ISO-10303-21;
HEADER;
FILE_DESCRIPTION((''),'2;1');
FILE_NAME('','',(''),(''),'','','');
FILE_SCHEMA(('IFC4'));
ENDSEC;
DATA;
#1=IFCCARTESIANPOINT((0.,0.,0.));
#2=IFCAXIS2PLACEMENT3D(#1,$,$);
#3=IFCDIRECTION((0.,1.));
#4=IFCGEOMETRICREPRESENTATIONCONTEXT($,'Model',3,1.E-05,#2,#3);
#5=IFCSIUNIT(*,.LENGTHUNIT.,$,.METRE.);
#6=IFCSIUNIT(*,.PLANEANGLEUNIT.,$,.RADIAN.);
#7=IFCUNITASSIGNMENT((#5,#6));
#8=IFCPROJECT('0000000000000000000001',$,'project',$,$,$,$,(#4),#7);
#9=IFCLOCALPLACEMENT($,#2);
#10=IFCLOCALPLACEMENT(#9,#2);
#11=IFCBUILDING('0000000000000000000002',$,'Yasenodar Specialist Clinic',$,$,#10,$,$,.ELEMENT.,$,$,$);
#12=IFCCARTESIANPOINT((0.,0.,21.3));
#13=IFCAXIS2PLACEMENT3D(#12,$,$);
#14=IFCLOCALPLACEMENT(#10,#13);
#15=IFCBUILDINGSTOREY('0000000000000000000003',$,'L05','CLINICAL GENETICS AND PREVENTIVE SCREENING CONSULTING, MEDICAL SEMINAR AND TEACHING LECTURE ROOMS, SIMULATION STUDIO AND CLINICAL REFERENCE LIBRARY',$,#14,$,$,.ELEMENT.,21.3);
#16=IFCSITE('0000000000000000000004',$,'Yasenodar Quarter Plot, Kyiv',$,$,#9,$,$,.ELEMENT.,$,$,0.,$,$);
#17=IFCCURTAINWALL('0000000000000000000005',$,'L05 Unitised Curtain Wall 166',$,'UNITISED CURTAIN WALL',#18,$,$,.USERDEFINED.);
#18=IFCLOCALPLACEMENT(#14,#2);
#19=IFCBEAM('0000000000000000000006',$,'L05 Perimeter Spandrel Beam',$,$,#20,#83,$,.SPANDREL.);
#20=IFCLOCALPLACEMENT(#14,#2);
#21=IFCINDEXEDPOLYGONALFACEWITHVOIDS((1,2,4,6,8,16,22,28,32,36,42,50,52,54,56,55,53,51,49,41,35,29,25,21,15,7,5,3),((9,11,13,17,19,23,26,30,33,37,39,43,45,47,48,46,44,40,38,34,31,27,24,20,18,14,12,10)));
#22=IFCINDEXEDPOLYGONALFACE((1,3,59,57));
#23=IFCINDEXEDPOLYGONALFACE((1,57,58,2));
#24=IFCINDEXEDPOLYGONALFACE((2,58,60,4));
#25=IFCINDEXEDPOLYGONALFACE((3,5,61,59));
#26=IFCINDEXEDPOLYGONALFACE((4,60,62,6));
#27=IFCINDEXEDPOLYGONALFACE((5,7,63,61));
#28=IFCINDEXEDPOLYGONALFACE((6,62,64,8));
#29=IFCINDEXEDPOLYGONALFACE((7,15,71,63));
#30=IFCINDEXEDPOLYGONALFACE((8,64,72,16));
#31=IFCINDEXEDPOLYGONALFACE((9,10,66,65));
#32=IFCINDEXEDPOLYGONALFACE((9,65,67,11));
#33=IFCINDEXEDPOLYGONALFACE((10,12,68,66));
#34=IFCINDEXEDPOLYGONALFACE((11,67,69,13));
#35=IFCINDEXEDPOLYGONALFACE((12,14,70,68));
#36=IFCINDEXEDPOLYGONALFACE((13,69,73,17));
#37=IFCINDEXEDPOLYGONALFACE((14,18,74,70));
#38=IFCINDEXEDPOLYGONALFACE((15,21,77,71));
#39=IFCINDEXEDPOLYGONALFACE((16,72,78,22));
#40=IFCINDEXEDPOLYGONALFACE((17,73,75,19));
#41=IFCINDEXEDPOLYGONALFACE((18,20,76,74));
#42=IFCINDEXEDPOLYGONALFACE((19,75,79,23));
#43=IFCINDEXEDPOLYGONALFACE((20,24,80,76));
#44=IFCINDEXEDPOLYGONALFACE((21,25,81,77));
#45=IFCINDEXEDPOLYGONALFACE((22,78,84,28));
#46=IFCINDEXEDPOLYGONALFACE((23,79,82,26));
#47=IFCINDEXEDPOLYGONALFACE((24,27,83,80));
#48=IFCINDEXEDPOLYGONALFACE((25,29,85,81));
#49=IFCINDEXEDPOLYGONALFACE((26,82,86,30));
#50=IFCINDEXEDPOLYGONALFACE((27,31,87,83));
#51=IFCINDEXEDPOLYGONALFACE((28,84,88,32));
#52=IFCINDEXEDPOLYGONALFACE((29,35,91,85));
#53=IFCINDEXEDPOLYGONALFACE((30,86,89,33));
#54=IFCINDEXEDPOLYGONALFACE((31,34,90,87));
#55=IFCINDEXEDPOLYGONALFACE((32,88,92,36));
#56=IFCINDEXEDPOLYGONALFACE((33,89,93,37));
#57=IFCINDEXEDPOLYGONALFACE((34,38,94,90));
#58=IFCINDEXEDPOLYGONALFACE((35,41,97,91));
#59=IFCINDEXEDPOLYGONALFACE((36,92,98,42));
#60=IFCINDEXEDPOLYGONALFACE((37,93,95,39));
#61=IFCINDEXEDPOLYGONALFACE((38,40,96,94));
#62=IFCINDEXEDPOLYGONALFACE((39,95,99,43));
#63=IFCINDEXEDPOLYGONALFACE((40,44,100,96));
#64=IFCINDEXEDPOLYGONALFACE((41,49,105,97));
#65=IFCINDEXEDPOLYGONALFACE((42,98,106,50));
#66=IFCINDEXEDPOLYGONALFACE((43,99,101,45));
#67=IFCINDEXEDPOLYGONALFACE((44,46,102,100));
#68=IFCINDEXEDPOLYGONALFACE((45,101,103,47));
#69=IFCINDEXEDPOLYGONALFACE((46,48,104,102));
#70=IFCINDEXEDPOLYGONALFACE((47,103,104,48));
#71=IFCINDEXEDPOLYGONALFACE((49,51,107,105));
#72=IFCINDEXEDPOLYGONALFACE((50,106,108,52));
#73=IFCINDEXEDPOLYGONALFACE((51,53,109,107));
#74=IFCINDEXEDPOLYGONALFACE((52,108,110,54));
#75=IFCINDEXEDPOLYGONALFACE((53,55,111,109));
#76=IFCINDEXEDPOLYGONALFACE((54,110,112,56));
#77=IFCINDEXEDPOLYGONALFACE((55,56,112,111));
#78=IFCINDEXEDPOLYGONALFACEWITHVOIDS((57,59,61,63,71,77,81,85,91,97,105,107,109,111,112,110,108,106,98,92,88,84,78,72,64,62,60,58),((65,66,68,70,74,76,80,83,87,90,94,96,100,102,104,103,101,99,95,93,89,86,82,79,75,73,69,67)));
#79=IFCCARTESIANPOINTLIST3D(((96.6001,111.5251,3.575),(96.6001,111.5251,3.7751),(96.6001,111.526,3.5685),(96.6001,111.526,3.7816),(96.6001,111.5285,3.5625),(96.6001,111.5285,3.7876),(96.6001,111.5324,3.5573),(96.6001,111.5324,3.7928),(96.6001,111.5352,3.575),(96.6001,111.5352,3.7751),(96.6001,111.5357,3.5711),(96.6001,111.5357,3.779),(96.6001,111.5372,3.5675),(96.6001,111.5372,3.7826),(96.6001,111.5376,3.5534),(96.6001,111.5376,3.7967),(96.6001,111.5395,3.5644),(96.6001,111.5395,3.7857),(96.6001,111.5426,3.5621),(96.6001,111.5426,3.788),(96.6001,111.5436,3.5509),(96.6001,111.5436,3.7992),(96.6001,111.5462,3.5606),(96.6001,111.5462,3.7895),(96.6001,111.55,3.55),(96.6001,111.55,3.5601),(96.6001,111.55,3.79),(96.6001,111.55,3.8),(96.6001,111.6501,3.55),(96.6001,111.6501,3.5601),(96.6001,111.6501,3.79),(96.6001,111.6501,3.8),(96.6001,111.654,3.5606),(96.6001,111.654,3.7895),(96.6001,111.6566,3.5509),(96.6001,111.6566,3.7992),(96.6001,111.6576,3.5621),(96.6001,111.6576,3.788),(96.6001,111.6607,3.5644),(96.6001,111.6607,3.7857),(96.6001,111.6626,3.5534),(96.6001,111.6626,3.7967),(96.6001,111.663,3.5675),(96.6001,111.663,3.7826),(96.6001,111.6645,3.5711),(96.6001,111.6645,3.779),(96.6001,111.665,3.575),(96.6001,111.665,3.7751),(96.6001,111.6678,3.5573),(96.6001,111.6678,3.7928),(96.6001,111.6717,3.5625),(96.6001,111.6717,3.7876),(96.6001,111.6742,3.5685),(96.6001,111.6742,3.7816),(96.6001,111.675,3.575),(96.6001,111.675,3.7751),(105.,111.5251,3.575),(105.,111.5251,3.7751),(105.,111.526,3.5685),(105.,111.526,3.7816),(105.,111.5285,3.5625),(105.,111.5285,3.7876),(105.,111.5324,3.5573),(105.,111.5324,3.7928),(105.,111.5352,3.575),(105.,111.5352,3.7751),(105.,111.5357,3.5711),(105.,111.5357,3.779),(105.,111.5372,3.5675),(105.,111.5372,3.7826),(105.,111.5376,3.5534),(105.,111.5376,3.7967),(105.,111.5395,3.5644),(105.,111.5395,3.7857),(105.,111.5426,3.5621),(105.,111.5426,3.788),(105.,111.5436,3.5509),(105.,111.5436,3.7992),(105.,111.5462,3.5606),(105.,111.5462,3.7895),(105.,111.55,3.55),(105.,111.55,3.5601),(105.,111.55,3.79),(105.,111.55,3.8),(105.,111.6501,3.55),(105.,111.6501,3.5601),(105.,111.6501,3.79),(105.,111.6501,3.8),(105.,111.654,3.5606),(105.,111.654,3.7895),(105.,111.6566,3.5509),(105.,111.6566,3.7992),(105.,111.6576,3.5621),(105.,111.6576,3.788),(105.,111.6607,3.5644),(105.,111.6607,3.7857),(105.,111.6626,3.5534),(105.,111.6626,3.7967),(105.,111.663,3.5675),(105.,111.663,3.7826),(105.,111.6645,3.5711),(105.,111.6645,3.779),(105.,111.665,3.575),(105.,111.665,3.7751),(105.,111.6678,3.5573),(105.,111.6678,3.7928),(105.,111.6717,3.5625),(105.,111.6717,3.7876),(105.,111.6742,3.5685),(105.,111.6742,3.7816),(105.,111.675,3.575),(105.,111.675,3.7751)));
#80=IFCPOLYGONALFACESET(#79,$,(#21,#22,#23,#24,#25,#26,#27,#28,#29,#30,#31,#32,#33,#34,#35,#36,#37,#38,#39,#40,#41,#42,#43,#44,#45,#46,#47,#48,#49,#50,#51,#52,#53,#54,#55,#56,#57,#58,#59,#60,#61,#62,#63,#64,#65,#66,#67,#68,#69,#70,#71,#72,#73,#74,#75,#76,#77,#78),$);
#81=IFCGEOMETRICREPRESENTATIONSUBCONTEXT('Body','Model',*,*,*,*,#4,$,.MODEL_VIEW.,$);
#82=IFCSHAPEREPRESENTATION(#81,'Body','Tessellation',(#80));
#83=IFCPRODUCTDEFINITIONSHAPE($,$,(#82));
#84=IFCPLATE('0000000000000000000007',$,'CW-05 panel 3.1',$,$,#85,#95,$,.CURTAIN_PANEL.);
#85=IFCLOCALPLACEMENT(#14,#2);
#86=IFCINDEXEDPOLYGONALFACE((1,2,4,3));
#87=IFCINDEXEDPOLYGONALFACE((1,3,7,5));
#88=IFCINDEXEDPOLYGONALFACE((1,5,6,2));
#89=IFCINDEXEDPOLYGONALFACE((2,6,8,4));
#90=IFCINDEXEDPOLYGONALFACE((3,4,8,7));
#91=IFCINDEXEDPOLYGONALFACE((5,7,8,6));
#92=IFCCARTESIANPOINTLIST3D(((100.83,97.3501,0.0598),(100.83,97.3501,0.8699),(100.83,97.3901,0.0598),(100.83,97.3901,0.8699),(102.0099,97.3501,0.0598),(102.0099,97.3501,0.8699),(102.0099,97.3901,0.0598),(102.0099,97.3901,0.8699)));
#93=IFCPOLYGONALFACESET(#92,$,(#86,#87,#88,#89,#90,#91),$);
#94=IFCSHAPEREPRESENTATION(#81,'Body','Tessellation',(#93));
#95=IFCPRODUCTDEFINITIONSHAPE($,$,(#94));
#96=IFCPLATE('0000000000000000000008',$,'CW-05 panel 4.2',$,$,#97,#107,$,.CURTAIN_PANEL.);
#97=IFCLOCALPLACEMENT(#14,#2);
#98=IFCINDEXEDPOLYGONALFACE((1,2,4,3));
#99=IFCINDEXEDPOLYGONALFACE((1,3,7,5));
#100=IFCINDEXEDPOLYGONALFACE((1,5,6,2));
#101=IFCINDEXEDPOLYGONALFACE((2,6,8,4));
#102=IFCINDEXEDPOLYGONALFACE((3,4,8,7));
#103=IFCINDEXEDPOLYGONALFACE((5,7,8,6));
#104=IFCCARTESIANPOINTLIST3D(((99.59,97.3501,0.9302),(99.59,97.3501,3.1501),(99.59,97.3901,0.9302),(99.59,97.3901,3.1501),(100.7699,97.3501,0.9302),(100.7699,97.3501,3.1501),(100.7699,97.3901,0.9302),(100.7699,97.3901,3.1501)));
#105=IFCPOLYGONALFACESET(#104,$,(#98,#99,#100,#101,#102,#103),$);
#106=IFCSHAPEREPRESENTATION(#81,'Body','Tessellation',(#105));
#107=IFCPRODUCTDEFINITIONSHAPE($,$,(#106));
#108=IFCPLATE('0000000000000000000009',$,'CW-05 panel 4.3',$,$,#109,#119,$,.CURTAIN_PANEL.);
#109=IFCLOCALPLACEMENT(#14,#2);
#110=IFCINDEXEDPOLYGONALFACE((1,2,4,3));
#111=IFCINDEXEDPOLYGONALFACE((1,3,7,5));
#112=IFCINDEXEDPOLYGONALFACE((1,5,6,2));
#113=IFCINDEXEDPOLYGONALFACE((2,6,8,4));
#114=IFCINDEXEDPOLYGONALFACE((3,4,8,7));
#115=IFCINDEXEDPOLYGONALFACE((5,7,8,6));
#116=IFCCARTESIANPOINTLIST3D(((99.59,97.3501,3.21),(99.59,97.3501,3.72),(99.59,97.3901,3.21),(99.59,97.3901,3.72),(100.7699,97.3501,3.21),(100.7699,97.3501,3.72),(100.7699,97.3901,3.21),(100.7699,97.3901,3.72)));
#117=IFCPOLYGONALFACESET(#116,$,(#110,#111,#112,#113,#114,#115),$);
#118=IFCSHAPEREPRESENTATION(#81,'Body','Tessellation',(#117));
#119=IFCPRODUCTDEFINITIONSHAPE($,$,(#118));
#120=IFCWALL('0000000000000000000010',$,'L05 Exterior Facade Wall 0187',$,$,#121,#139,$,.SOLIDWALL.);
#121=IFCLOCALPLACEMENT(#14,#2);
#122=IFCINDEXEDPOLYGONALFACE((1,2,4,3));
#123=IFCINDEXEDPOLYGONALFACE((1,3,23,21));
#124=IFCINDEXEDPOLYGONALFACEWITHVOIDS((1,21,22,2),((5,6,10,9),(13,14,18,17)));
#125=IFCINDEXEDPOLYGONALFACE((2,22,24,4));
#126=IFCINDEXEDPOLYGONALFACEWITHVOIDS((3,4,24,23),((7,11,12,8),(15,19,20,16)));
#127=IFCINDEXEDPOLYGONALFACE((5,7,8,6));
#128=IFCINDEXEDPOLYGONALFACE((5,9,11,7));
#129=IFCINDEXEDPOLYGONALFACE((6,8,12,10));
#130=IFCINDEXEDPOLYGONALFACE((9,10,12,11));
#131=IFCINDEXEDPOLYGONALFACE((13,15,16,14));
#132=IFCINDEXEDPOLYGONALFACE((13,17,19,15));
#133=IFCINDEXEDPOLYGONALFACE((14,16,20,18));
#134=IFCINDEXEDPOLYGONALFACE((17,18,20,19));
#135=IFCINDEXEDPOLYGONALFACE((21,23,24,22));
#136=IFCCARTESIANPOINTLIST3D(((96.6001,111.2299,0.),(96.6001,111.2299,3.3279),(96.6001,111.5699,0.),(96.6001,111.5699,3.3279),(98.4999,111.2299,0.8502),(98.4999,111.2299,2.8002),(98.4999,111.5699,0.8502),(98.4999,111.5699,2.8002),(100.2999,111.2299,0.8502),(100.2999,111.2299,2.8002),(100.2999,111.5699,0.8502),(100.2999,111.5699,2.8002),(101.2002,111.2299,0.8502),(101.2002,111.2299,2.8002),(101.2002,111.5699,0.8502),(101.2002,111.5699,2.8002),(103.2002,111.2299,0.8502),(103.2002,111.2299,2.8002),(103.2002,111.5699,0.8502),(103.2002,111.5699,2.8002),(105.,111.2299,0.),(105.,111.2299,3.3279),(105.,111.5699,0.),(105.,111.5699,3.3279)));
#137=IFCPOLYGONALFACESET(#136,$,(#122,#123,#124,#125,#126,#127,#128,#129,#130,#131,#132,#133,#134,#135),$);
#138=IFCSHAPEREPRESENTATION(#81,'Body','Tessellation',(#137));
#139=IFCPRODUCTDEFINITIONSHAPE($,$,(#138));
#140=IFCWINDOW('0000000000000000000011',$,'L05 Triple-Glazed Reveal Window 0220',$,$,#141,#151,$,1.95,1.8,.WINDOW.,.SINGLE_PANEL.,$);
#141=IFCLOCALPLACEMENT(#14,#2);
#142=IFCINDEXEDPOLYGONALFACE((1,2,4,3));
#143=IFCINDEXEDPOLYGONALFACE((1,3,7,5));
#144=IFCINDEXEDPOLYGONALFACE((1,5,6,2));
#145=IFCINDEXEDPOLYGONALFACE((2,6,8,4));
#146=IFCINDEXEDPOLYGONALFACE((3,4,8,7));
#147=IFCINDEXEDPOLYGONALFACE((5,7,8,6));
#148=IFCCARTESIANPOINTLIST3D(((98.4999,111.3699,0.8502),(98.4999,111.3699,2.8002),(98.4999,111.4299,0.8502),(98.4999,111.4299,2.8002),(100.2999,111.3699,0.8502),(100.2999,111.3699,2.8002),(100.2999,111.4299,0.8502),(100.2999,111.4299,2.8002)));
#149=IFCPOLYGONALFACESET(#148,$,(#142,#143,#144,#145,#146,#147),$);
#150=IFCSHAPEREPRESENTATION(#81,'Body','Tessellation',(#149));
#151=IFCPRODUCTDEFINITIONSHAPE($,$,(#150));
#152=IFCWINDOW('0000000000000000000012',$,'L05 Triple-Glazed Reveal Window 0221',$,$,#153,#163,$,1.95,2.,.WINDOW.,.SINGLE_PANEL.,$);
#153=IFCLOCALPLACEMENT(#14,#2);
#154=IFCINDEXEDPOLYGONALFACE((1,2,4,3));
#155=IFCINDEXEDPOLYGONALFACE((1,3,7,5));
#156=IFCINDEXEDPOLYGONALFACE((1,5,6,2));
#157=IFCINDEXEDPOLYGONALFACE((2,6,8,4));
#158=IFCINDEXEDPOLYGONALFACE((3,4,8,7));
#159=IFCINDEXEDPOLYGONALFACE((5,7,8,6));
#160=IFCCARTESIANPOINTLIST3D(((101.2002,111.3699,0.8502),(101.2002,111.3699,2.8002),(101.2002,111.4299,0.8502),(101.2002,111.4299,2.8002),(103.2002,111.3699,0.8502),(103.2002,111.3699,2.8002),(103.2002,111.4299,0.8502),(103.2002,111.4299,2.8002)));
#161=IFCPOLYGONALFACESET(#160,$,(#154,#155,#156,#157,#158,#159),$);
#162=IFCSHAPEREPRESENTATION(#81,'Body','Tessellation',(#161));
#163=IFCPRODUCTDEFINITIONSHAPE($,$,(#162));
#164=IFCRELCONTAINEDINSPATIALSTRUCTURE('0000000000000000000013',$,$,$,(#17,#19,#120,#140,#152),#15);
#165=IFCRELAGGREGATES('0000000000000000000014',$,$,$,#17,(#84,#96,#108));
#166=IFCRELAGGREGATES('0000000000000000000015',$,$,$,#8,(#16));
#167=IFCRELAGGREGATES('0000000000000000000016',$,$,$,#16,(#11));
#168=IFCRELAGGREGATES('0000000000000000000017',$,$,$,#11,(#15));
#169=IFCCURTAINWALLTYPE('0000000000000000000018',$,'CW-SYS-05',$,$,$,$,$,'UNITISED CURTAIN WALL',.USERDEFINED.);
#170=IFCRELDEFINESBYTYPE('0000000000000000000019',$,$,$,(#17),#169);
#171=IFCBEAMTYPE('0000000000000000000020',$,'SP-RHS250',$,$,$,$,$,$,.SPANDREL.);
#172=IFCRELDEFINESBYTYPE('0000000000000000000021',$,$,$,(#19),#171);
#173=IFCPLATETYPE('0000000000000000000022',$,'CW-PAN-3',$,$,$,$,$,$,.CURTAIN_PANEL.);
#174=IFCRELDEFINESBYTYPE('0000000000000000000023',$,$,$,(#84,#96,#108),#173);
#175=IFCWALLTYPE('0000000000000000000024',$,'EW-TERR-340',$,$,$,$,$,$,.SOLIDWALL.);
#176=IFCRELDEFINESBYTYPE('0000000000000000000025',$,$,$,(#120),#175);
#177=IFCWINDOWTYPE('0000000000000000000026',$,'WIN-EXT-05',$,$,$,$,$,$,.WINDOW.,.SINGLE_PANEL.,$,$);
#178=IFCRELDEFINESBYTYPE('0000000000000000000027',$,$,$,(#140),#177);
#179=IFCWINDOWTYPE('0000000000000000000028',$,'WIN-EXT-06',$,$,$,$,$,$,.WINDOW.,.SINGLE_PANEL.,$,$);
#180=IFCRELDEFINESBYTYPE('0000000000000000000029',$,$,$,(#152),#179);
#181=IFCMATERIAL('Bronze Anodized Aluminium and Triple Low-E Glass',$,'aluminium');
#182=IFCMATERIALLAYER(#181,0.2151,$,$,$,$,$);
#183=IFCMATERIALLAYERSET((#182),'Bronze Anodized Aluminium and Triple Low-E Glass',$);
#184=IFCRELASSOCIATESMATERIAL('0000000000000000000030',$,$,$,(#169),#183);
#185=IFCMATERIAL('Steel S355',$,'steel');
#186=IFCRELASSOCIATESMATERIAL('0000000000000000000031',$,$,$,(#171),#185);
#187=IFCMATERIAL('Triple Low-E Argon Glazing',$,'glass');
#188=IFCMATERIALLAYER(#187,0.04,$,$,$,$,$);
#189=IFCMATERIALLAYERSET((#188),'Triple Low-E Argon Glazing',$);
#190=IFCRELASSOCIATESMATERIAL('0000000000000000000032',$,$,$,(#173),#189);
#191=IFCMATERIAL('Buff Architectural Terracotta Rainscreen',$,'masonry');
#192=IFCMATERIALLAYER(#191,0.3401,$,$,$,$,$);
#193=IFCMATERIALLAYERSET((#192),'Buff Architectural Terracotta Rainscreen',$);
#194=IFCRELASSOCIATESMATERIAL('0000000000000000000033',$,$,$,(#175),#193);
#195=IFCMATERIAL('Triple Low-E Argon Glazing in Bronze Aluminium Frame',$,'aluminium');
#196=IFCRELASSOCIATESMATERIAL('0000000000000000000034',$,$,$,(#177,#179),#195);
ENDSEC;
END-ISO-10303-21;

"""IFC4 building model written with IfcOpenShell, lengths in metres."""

from ifc_helpers import new_model, si_unit, direction, frame, frame_2d, origin, origin_2d, place, context, subcontext, project, spatial, rectangle, hollow_rectangle, extrude, material, layer, layer_set, material_profile, profile_set, type_object, element, fill, aggregate, save


model = new_model("IFC4")

# Units and contexts
model_context = context("Model", 3, precision=1e-05, world=origin(), true_north=direction((0.0, 1.0)))
body_context = subcontext(model_context, "Body", "Model", "MODEL_VIEW")
ifc_project = project(units=[si_unit("LENGTHUNIT", "METRE"), si_unit("PLANEANGLEUNIT", "RADIAN")], contexts=[model_context])

# Site, building, storey
site_placement = place(None, origin())
site = spatial("IfcSite", under=ifc_project, at=site_placement, Name="Yasenodar Quarter Plot, Kyiv", CompositionType="ELEMENT", RefElevation=0.0)
building_placement = place(site_placement, origin())
building = spatial("IfcBuilding", under=site, at=building_placement, Name="Yasenodar Specialist Clinic", CompositionType="ELEMENT")
storey_placement = place(building_placement, frame((0.0, 0.0, 21.3)))
storey = spatial("IfcBuildingStorey", under=building, at=storey_placement, Name="L05", Description="CLINICAL GENETICS AND PREVENTIVE SCREENING CONSULTING, MEDICAL SEMINAR AND TEACHING LECTURE ROOMS, SIMULATION STUDIO AND CLINICAL REFERENCE LIBRARY", CompositionType="ELEMENT", Elevation=21.3)

# Shared definitions
ifc_material_1 = material(Name="Steel S355", Category="steel")

# Curtain wall
ifc_material_2 = material(Name="Bronze Anodized Aluminium and Triple Low-E Glass", Category="aluminium")
ifc_layer_1 = layer(ifc_material_2, 0.2151)
ifc_layer_set_1 = layer_set([ifc_layer_1], Name="Bronze Anodized Aluminium and Triple Low-E Glass")
curtain_wall_type = type_object("IfcCurtainWallType", Name="CW-SYS-05", ElementType="UNITISED CURTAIN WALL", PredefinedType="USERDEFINED", material=ifc_layer_set_1)
curtain_wall_placement = place(storey_placement, origin())
curtain_wall = element("IfcCurtainWall", 1, at=curtain_wall_placement, inside=storey, type_object=curtain_wall_type, Name="L05 Unitised Curtain Wall 166", ObjectType="UNITISED CURTAIN WALL", PredefinedType="USERDEFINED")

# Beam
ifc_material_profile_1 = material_profile(ifc_material_1, hollow_rectangle(XDim=0.1499, YDim=0.25, WallThickness=0.01, InnerFilletRadius=0.0149, OuterFilletRadius=0.0249, at=origin_2d()), Name="RHS 250x150x10")
ifc_profile_set_1 = profile_set([ifc_material_profile_1], Name="Steel S355")
beam_type_1 = type_object("IfcBeamType", Name="SP-RHS250", PredefinedType="SPANDREL", material=ifc_profile_set_1)
beam_1_placement = place(storey_placement, frame((96.6001, 111.6001, 3.675), z_axis=(1.0, 0.0, 0.0), x_axis=(0.0, 1.0, 0.0)))
element("IfcBeam", 2, at=beam_1_placement, inside=storey, type_object=beam_type_1, Name="L05 Perimeter Spandrel Beam", PredefinedType="SPANDREL", context=body_context, shape_type="SweptSolid", body=[
    extrude(hollow_rectangle(XDim=0.1499, YDim=0.25, WallThickness=0.01, InnerFilletRadius=0.0149, OuterFilletRadius=0.0249, at=origin_2d()), origin(), (0.0, 0.0, 1.0), 8.3999),
])

# Plates
ifc_material_3 = material(Name="Triple Low-E Argon Glazing", Category="glass")
ifc_layer_2 = layer(ifc_material_3, 0.04)
ifc_layer_set_2 = layer_set([ifc_layer_2], Name="Triple Low-E Argon Glazing")
plate_type = type_object("IfcPlateType", Name="CW-PAN-3", PredefinedType="CURTAIN_PANEL", material=ifc_layer_set_2)
plate_1_placement = place(storey_placement, frame((101.4199, 97.3701, 0.0598), z_axis=(0.0, 0.0, 1.0), x_axis=(-1.0, 0.0, 0.0)))
plate_1 = element("IfcPlate", 3, at=plate_1_placement, type_object=plate_type, Name="CW-05 panel 3.1", PredefinedType="CURTAIN_PANEL", context=body_context, shape_type="SweptSolid", body=[
    extrude(rectangle(XDim=1.1799, YDim=0.04, at=origin_2d()), origin(), (0.0, 0.0, 1.0), 0.8101),
])
plate_2_placement = place(storey_placement, frame((100.1799, 97.3701, 0.9302), z_axis=(0.0, 0.0, 1.0), x_axis=(-1.0, 0.0, 0.0)))
plate_2 = element("IfcPlate", 4, at=plate_2_placement, type_object=plate_type, Name="CW-05 panel 4.2", PredefinedType="CURTAIN_PANEL", context=body_context, shape_type="SweptSolid", body=[
    extrude(rectangle(XDim=1.1799, YDim=0.04, at=origin_2d()), origin(), (0.0, 0.0, 1.0), 2.22),
])
plate_3_placement = place(storey_placement, frame((100.1799, 97.3701, 3.21), z_axis=(0.0, 0.0, 1.0), x_axis=(-1.0, 0.0, 0.0)))
plate_3 = element("IfcPlate", 5, at=plate_3_placement, type_object=plate_type, Name="CW-05 panel 4.3", PredefinedType="CURTAIN_PANEL", context=body_context, shape_type="SweptSolid", body=[
    extrude(rectangle(XDim=1.1799, YDim=0.04, at=origin_2d()), origin(), (0.0, 0.0, 1.0), 0.51),
])
aggregate(curtain_wall, [plate_1, plate_2, plate_3])

# Wall, openings, windows
ifc_material_4 = material(Name="Buff Architectural Terracotta Rainscreen", Category="masonry")
ifc_layer_3 = layer(ifc_material_4, 0.3401)
ifc_layer_set_3 = layer_set([ifc_layer_3], Name="Buff Architectural Terracotta Rainscreen")
wall_type_1 = type_object("IfcWallType", Name="EW-TERR-340", PredefinedType="SOLIDWALL", material=ifc_layer_set_3)
wall_1_placement = place(storey_placement, frame((96.6001, 111.3999, 0.0), z_axis=(0.0, 0.0, 1.0), x_axis=(1.0, 0.0, 0.0)))
wall_1 = element("IfcWall", 6, at=wall_1_placement, inside=storey, type_object=wall_type_1, Name="L05 Exterior Facade Wall 0187", PredefinedType="SOLIDWALL", context=body_context, shape_type="SweptSolid", body=[
    extrude(rectangle(XDim=8.3999, YDim=0.3401, at=frame_2d((4.2, 0.0))), origin(), (0.0, 0.0, 1.0), 3.3279),
])
opening_1_placement = place(wall_1_placement, frame((1.8999, 0.0, 0.8501)))
opening_1 = element("IfcOpeningElement", 7, at=opening_1_placement, cuts=wall_1, PredefinedType="OPENING", context=body_context, shape_type="SweptSolid", body=[
    extrude(rectangle(XDim=1.8, YDim=1.95, at=frame_2d((0.8999, 0.9751))), frame((0.0, 0.1802, 0.0), z_axis=(0.0, -1.0, 0.0), x_axis=(1.0, 0.0, 0.0)), (0.0, 0.0, 1.0), 0.3601),
])
opening_2_placement = place(wall_1_placement, frame((4.6001, 0.0, 0.8501)))
opening_2 = element("IfcOpeningElement", 8, at=opening_2_placement, cuts=wall_1, PredefinedType="OPENING", context=body_context, shape_type="SweptSolid", body=[
    extrude(rectangle(XDim=2.0, YDim=1.95, at=frame_2d((1.0, 0.9751))), frame((0.0, 0.1802, 0.0), z_axis=(0.0, -1.0, 0.0), x_axis=(1.0, 0.0, 0.0)), (0.0, 0.0, 1.0), 0.3601),
])
ifc_material_5 = material(Name="Triple Low-E Argon Glazing in Bronze Aluminium Frame", Category="aluminium")
window_type_1 = type_object("IfcWindowType", Name="WIN-EXT-05", PartitioningType="SINGLE_PANEL", PredefinedType="WINDOW", material=ifc_material_5)
window_1_placement = place(opening_1_placement, origin())
window_1 = element("IfcWindow", 9, at=window_1_placement, inside=storey, type_object=window_type_1, Name="L05 Triple-Glazed Reveal Window 0220", OverallHeight=1.95, OverallWidth=1.8, PartitioningType="SINGLE_PANEL", PredefinedType="WINDOW", context=body_context, shape_type="SweptSolid", body=[
    extrude(rectangle(XDim=1.8, YDim=1.95, at=frame_2d((0.8999, 0.9751))), frame((0.0, 0.03, 0.0), z_axis=(0.0, -1.0, 0.0), x_axis=(1.0, 0.0, 0.0)), (0.0, 0.0, 1.0), 0.0601),
])
fill(opening_1, window_1)
window_type_2 = type_object("IfcWindowType", Name="WIN-EXT-06", PartitioningType="SINGLE_PANEL", PredefinedType="WINDOW", material=ifc_material_5)
window_2_placement = place(opening_2_placement, origin())
window_2 = element("IfcWindow", 10, at=window_2_placement, inside=storey, type_object=window_type_2, Name="L05 Triple-Glazed Reveal Window 0221", OverallHeight=1.95, OverallWidth=2.0, PartitioningType="SINGLE_PANEL", PredefinedType="WINDOW", context=body_context, shape_type="SweptSolid", body=[
    extrude(rectangle(XDim=2.0, YDim=1.95, at=frame_2d((1.0, 0.9751))), frame((0.0, 0.03, 0.0), z_axis=(0.0, -1.0, 0.0), x_axis=(1.0, 0.0, 0.0)), (0.0, 0.0, 1.0), 0.0601),
])
fill(opening_2, window_2)

save(model, "model.ifc")
